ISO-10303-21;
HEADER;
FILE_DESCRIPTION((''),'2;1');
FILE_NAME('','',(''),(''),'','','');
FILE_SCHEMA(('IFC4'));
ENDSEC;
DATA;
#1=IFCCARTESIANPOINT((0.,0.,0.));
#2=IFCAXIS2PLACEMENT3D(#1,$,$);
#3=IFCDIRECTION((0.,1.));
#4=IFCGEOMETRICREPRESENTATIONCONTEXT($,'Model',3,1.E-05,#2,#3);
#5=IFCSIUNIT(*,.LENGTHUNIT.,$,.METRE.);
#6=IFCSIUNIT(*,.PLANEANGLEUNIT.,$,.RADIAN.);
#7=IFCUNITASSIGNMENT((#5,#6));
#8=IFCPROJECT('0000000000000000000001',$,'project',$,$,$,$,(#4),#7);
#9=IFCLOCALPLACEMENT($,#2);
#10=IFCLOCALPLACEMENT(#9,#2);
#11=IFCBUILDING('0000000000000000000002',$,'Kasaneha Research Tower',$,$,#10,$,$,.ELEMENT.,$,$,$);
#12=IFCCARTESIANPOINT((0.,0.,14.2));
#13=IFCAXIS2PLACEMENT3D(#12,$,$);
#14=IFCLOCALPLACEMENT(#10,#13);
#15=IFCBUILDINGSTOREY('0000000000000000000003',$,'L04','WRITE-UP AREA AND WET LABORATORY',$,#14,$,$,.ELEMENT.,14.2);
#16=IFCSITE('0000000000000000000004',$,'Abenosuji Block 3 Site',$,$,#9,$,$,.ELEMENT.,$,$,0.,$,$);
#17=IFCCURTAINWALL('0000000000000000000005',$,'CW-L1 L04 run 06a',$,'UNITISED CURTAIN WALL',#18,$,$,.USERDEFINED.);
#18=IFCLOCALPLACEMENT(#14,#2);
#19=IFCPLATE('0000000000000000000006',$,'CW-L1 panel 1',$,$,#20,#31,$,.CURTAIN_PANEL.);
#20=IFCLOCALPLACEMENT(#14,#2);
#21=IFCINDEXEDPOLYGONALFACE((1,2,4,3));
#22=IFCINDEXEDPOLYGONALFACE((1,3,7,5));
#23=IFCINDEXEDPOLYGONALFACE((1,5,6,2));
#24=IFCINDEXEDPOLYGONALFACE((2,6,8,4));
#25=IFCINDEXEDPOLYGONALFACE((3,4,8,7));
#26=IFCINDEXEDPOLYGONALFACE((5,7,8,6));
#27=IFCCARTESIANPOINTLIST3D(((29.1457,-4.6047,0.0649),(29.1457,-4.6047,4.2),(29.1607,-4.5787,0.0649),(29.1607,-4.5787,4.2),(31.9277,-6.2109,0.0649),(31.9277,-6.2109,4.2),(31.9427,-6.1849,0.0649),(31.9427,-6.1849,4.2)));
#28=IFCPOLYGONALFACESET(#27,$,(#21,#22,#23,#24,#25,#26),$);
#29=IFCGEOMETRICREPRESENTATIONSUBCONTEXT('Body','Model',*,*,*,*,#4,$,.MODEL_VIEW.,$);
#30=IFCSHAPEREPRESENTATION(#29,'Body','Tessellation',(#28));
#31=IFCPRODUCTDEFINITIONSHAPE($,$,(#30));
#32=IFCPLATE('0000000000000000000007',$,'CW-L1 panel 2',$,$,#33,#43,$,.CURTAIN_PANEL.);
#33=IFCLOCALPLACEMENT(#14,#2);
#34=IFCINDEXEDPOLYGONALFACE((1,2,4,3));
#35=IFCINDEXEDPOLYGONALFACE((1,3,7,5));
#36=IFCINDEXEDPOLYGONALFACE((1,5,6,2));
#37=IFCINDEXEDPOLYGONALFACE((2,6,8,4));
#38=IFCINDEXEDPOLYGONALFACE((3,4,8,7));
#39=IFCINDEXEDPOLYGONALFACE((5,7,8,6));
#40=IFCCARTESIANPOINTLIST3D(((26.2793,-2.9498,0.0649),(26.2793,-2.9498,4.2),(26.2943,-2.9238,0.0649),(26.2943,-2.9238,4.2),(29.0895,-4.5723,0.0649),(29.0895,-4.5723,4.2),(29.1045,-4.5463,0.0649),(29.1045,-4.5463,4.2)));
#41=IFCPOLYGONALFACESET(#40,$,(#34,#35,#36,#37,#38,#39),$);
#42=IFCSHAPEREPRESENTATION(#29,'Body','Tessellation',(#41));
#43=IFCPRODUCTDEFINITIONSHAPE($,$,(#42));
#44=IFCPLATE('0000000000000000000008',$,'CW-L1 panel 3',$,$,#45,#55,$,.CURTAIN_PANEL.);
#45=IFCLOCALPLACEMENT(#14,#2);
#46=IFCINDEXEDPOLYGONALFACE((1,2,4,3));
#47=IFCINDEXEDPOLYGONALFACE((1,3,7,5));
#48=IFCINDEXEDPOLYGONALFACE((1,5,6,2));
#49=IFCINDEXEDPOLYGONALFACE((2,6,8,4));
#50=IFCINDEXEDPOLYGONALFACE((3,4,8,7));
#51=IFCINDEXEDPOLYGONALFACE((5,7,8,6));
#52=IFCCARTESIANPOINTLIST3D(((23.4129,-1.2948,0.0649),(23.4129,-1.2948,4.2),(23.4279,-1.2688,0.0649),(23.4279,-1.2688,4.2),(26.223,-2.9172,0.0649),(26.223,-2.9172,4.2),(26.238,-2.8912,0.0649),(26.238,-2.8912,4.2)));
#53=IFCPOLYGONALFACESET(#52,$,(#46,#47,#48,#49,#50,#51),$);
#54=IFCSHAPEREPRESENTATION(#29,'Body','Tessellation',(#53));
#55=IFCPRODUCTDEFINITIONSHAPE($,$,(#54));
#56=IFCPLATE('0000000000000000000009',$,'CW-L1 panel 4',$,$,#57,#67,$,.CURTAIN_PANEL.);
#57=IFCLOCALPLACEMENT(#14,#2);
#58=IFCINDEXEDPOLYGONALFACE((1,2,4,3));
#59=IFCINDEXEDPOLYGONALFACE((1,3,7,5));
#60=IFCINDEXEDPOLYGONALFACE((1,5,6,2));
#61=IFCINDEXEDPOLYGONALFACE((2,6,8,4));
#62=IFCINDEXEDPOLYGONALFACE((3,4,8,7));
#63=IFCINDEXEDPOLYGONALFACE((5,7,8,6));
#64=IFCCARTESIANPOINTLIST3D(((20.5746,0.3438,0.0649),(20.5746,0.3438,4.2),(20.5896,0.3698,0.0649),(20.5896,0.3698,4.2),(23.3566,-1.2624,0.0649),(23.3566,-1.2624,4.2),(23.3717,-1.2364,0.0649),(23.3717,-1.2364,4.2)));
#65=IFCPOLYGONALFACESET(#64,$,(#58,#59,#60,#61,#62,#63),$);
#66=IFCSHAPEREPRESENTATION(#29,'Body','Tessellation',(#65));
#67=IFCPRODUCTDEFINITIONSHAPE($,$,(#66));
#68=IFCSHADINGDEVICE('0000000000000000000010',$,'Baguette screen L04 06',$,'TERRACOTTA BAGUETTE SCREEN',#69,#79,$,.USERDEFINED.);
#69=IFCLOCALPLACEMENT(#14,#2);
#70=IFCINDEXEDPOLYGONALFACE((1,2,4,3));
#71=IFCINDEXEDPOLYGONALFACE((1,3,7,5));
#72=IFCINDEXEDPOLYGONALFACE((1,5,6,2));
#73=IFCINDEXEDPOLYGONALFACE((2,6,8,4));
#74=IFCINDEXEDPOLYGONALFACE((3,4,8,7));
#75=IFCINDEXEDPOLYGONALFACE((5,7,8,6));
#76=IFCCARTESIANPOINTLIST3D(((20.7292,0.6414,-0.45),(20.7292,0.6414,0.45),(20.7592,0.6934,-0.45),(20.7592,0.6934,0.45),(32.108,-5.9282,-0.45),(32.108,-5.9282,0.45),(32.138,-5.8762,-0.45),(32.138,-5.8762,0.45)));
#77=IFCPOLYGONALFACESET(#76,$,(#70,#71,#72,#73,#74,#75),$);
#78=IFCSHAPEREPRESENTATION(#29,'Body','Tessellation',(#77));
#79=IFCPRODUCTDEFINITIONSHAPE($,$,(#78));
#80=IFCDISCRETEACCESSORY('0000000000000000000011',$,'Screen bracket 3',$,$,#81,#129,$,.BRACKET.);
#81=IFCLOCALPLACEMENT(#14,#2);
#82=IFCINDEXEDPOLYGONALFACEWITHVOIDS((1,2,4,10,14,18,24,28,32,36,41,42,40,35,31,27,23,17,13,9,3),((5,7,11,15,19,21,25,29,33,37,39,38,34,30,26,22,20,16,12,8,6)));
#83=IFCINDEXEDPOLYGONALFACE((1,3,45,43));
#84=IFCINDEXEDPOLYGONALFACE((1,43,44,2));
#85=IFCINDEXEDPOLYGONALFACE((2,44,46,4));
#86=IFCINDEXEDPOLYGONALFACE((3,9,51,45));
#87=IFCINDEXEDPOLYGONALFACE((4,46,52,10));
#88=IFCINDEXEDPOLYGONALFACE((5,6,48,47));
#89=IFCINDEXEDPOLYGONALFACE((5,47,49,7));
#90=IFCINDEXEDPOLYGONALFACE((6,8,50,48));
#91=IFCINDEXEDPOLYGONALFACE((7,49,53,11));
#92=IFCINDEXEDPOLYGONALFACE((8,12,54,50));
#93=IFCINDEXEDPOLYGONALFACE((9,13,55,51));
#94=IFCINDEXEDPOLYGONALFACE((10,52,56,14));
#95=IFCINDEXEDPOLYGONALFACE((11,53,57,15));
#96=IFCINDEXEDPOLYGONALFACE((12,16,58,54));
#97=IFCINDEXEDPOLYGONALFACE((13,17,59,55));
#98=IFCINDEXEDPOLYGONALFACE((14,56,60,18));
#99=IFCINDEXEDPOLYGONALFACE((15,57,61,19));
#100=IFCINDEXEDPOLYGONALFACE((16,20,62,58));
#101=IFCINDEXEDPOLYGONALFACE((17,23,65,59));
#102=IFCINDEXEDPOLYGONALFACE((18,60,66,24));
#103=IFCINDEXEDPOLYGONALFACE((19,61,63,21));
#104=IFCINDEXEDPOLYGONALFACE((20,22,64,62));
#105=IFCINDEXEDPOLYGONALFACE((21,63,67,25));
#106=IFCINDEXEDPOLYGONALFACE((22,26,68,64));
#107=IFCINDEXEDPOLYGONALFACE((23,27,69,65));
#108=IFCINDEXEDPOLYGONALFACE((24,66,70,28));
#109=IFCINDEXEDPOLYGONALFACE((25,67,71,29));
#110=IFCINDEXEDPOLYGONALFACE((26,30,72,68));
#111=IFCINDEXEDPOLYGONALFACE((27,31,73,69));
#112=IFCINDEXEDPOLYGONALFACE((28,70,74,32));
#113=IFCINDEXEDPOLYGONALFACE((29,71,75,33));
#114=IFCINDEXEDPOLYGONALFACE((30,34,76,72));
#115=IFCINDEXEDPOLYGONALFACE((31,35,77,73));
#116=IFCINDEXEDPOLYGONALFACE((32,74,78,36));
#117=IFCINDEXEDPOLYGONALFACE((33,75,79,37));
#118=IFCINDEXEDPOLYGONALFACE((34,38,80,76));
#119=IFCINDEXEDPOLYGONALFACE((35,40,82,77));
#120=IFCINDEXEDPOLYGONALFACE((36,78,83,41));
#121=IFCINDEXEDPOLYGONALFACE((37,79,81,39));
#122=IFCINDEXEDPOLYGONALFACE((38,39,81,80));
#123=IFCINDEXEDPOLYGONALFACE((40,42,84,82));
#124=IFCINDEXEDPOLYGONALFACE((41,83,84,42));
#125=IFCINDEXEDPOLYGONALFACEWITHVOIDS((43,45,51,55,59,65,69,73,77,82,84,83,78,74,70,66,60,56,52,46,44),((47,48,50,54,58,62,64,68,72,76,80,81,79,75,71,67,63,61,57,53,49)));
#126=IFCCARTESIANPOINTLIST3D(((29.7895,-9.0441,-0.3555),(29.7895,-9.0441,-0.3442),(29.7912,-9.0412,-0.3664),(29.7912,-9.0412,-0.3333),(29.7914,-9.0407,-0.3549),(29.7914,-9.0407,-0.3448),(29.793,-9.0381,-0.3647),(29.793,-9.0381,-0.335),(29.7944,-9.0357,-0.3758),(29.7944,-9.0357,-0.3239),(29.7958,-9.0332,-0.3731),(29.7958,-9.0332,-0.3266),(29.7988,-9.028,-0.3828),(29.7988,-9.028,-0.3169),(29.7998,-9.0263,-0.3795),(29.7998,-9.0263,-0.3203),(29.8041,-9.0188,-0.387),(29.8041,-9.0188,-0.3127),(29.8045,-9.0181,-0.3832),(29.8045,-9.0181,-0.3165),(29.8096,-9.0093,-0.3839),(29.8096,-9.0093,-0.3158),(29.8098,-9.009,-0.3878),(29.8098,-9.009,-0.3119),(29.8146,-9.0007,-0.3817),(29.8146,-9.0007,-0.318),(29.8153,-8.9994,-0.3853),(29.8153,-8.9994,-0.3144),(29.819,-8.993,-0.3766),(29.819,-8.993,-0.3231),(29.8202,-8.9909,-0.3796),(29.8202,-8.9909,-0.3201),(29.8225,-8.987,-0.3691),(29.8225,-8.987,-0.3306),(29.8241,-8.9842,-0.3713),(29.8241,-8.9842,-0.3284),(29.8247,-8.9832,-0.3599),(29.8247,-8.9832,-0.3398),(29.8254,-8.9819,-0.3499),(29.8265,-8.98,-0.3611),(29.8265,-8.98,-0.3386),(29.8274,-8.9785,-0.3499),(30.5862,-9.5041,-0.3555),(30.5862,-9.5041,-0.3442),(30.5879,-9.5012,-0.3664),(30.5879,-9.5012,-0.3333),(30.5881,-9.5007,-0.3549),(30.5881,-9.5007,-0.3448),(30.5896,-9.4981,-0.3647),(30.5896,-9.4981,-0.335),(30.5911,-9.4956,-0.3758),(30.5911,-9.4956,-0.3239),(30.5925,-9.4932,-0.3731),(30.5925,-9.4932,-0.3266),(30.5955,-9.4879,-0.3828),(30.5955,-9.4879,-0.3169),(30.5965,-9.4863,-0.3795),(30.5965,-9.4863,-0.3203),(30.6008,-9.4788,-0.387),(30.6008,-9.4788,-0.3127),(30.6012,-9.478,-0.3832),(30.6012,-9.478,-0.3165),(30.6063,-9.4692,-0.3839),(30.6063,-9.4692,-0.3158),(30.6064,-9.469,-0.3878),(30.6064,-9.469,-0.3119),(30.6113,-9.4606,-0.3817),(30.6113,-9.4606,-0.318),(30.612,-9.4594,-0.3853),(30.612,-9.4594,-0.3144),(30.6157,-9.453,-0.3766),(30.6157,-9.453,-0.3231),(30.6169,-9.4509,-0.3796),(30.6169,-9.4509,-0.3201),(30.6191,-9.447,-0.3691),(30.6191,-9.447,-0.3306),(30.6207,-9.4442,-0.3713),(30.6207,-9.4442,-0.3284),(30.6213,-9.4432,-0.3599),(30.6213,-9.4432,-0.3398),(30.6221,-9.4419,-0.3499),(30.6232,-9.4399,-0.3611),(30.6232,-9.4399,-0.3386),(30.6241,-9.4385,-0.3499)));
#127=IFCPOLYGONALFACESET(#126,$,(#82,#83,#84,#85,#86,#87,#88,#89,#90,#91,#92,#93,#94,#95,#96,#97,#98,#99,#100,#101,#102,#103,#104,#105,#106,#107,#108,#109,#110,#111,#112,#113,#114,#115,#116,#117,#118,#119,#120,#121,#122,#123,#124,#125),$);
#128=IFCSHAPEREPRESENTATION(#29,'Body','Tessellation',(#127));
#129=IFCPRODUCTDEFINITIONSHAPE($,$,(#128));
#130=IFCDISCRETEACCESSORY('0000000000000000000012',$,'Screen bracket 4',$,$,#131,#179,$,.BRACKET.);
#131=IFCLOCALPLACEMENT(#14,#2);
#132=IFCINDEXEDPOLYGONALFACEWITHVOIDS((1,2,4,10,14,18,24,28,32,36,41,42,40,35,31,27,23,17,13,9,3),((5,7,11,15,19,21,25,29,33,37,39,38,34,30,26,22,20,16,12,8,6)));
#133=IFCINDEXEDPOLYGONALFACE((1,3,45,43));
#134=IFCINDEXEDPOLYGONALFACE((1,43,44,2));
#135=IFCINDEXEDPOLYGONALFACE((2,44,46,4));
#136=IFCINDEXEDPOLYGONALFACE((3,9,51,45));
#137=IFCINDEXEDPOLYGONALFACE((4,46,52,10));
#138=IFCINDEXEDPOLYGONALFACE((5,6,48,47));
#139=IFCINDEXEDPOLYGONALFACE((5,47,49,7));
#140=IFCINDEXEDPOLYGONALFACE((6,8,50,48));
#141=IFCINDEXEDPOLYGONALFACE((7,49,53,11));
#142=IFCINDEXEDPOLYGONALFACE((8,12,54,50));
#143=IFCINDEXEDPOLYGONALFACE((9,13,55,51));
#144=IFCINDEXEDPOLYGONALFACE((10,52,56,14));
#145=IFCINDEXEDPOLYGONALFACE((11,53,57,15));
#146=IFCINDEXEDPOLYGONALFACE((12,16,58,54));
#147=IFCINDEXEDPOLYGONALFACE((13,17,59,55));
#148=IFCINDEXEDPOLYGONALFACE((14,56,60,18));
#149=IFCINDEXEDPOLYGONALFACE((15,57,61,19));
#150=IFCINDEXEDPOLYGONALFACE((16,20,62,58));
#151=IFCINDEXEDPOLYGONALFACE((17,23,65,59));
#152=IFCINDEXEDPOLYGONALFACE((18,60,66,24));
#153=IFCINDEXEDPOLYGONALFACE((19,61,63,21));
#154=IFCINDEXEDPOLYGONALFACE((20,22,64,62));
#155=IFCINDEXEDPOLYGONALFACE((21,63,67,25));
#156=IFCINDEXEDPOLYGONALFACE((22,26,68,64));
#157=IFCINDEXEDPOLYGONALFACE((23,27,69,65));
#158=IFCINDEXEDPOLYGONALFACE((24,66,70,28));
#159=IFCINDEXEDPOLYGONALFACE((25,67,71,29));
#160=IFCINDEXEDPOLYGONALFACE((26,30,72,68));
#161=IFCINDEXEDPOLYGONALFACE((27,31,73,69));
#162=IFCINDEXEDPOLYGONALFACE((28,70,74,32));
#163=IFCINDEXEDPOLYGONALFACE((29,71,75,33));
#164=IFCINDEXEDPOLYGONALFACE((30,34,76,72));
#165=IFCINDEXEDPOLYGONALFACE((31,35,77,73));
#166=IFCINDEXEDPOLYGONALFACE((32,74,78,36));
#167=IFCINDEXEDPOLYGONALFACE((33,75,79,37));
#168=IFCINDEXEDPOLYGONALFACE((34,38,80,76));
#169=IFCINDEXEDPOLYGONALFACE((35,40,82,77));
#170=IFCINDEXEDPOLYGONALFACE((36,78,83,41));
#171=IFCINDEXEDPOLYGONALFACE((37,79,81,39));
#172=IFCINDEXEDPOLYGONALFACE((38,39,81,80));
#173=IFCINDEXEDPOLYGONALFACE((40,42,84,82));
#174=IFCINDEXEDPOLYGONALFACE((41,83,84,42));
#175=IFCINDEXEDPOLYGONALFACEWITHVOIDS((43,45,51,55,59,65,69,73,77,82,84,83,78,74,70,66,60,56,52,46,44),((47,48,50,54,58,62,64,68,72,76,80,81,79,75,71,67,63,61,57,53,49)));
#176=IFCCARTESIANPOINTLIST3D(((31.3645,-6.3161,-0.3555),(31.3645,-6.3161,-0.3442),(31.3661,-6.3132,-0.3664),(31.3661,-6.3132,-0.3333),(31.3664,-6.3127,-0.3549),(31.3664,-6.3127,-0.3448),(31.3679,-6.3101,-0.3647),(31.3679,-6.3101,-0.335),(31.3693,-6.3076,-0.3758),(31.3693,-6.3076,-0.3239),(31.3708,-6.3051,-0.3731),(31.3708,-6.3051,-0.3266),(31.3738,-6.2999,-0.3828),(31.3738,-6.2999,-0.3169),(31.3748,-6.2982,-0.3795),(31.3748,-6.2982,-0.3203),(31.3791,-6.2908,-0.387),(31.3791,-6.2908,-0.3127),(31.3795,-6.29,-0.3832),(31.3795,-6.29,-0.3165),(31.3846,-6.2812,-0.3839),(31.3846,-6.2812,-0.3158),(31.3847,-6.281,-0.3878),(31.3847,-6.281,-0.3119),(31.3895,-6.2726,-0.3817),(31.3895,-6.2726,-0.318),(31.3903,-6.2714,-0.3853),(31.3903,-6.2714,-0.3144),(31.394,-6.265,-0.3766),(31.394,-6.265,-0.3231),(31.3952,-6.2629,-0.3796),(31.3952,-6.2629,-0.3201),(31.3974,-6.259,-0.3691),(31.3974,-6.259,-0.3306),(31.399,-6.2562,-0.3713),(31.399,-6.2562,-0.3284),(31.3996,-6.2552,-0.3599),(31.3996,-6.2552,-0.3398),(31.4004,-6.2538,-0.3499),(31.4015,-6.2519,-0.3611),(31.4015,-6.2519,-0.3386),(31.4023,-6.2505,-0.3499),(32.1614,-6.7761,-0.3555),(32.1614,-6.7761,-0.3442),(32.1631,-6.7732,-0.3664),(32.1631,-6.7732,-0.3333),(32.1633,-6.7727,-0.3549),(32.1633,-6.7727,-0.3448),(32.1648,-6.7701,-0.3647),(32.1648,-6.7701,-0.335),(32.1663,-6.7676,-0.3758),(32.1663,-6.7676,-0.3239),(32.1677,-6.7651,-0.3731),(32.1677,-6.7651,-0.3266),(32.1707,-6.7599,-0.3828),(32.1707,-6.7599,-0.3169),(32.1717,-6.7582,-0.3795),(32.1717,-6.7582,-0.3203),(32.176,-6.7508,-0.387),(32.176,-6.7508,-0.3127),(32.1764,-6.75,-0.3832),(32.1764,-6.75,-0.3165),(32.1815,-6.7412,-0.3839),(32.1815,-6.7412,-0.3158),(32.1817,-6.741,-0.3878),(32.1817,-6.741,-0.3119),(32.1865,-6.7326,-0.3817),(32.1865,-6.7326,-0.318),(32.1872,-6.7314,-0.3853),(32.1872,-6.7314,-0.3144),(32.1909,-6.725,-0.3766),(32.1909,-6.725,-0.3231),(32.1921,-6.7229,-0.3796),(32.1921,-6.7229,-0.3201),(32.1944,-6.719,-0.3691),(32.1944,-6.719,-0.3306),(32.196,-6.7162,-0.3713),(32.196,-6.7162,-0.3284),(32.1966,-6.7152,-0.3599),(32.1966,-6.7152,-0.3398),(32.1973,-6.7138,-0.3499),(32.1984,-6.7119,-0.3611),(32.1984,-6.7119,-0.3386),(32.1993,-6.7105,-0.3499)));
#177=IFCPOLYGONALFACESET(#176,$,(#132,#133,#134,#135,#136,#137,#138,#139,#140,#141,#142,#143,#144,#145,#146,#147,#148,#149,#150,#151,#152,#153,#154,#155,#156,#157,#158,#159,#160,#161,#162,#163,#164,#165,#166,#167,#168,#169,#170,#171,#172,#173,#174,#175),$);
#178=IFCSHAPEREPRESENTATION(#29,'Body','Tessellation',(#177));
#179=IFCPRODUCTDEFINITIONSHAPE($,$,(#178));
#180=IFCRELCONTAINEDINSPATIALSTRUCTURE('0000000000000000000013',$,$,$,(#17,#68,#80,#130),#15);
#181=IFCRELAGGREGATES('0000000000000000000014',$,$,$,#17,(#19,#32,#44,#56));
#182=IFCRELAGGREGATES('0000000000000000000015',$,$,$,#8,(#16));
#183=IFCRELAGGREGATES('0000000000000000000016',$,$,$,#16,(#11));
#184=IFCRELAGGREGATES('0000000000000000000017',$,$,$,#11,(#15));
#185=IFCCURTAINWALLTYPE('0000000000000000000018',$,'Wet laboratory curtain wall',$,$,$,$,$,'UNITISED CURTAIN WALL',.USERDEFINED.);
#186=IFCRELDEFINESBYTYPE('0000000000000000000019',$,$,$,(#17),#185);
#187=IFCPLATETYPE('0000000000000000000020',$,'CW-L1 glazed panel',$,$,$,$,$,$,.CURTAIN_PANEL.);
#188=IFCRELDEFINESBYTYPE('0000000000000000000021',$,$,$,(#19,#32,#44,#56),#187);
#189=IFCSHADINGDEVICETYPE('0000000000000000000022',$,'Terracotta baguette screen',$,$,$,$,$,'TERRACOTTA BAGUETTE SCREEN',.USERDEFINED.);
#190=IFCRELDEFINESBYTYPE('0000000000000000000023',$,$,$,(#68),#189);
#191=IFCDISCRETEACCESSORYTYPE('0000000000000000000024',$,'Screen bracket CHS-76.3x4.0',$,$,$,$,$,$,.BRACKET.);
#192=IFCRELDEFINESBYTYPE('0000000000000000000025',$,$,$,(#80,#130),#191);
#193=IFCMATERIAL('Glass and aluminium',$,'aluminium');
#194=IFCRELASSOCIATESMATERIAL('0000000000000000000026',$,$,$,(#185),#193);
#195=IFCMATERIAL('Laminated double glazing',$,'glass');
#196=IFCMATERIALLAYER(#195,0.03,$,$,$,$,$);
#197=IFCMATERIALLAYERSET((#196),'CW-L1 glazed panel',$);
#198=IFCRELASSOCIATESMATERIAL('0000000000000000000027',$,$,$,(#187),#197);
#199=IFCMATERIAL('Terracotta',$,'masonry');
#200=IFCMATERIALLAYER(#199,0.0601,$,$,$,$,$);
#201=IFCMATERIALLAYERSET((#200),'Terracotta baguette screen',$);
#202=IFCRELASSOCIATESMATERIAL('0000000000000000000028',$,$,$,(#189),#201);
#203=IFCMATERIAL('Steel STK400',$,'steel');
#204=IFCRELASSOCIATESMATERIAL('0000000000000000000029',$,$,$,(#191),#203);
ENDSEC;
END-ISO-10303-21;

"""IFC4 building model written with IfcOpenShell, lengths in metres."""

from ifc_helpers import new_model, si_unit, direction, frame, origin, origin_2d, place, context, subcontext, project, spatial, rectangle, hollow_circle, extrude, material, layer, layer_set, material_profile, profile_set, type_object, element, aggregate, save


model = new_model("IFC4")

# Units and contexts
model_context = context("Model", 3, precision=1e-05, world=origin(), true_north=direction((0.0, 1.0)))
body_context = subcontext(model_context, "Body", "Model", "MODEL_VIEW")
ifc_project = project(units=[si_unit("LENGTHUNIT", "METRE"), si_unit("PLANEANGLEUNIT", "RADIAN")], contexts=[model_context])

# Site, building, storey
site_placement = place(None, origin())
site = spatial("IfcSite", under=ifc_project, at=site_placement, Name="Abenosuji Block 3 Site", CompositionType="ELEMENT", RefElevation=0.0)
building_placement = place(site_placement, origin())
building = spatial("IfcBuilding", under=site, at=building_placement, Name="Kasaneha Research Tower", CompositionType="ELEMENT")
storey_placement = place(building_placement, frame((0.0, 0.0, 14.2)))
storey = spatial("IfcBuildingStorey", under=building, at=storey_placement, Name="L04", Description="WRITE-UP AREA AND WET LABORATORY", CompositionType="ELEMENT", Elevation=14.2)

# Curtain wall
ifc_material_1 = material(Name="Glass and aluminium", Category="aluminium")
curtain_wall_type = type_object("IfcCurtainWallType", Name="Wet laboratory curtain wall", ElementType="UNITISED CURTAIN WALL", PredefinedType="USERDEFINED", material=ifc_material_1)
curtain_wall_1_placement = place(storey_placement, origin())
curtain_wall_1 = element("IfcCurtainWall", 1, at=curtain_wall_1_placement, inside=storey, type_object=curtain_wall_type, Name="CW-L1 L04 run 06a", ObjectType="UNITISED CURTAIN WALL", PredefinedType="USERDEFINED")

# Plates
ifc_material_2 = material(Name="Laminated double glazing", Category="glass")
ifc_layer_1 = layer(ifc_material_2, 0.03)
ifc_layer_set_1 = layer_set([ifc_layer_1], Name="CW-L1 glazed panel")
plate_type = type_object("IfcPlateType", Name="CW-L1 glazed panel", PredefinedType="CURTAIN_PANEL", material=ifc_layer_set_1)
plate_1_placement = place(storey_placement, frame((30.5442, -5.3948, 0.0649), z_axis=(0.0, 0.0, 1.0), x_axis=(-0.866025, 0.5, 0.0)))
plate_1 = element("IfcPlate", 2, at=plate_1_placement, type_object=plate_type, Name="CW-L1 panel 1", PredefinedType="CURTAIN_PANEL", context=body_context, shape_type="SweptSolid", body=[
    extrude(rectangle(XDim=3.2124, YDim=0.03, at=origin_2d()), origin(), (0.0, 0.0, 1.0), 4.135),
])
plate_2_placement = place(storey_placement, frame((27.6919, -3.748, 0.0649), z_axis=(0.0, 0.0, 1.0), x_axis=(-0.866025, 0.5, 0.0)))
plate_2 = element("IfcPlate", 3, at=plate_2_placement, type_object=plate_type, Name="CW-L1 panel 2", PredefinedType="CURTAIN_PANEL", context=body_context, shape_type="SweptSolid", body=[
    extrude(rectangle(XDim=3.2449, YDim=0.03, at=origin_2d()), origin(), (0.0, 0.0, 1.0), 4.135),
])
plate_3_placement = place(storey_placement, frame((24.8254, -2.093, 0.0649), z_axis=(0.0, 0.0, 1.0), x_axis=(-0.866025, 0.5, 0.0)))
plate_3 = element("IfcPlate", 4, at=plate_3_placement, type_object=plate_type, Name="CW-L1 panel 3", PredefinedType="CURTAIN_PANEL", context=body_context, shape_type="SweptSolid", body=[
    extrude(rectangle(XDim=3.2449, YDim=0.03, at=origin_2d()), origin(), (0.0, 0.0, 1.0), 4.135),
])
plate_4_placement = place(storey_placement, frame((21.9731, -0.4463, 0.0649), z_axis=(0.0, 0.0, 1.0), x_axis=(-0.866025, 0.5, 0.0)))
plate_4 = element("IfcPlate", 5, at=plate_4_placement, type_object=plate_type, Name="CW-L1 panel 4", PredefinedType="CURTAIN_PANEL", context=body_context, shape_type="SweptSolid", body=[
    extrude(rectangle(XDim=3.2124, YDim=0.03, at=origin_2d()), origin(), (0.0, 0.0, 1.0), 4.135),
])
aggregate(curtain_wall_1, [plate_1, plate_2, plate_3, plate_4])

# Shading device
ifc_material_3 = material(Name="Terracotta", Category="masonry")
ifc_layer_2 = layer(ifc_material_3, 0.0601)
ifc_layer_set_2 = layer_set([ifc_layer_2], Name="Terracotta baguette screen")
shading_device_type = type_object("IfcShadingDeviceType", Name="Terracotta baguette screen", ElementType="TERRACOTTA BAGUETTE SCREEN", PredefinedType="USERDEFINED", material=ifc_layer_set_2)
shading_device_placement = place(storey_placement, frame((26.4336, -2.6174, -0.45), z_axis=(0.0, 0.0, 1.0), x_axis=(-0.866025, 0.5, 0.0)))
element("IfcShadingDevice", 6, at=shading_device_placement, inside=storey, type_object=shading_device_type, Name="Baguette screen L04 06", ObjectType="TERRACOTTA BAGUETTE SCREEN", PredefinedType="USERDEFINED", context=body_context, shape_type="SweptSolid", body=[
    extrude(rectangle(XDim=13.1392, YDim=0.0601, at=origin_2d()), origin(), (0.0, 0.0, 1.0), 0.8999),
])

# Discrete accessories
ifc_material_4 = material(Name="Steel STK400", Category="steel")
ifc_material_profile_1 = material_profile(ifc_material_4, hollow_circle(Radius=0.0381, WallThickness=0.0039, at=origin_2d()), Name="CHS-76.3x4.0")
ifc_profile_set_1 = profile_set([ifc_material_profile_1], Name="Steel STK400")
discrete_accessory_type = type_object("IfcDiscreteAccessoryType", Name="Screen bracket CHS-76.3x4.0", PredefinedType="BRACKET", material=ifc_profile_set_1)
discrete_accessory_1_placement = place(storey_placement, frame((29.8083, -9.0115, -0.3499), z_axis=(0.866013, -0.500021, 0.0), x_axis=(0.500021, 0.866013, 0.0)))
element("IfcDiscreteAccessory", 7, at=discrete_accessory_1_placement, inside=storey, type_object=discrete_accessory_type, Name="Screen bracket 3", PredefinedType="BRACKET", context=body_context, shape_type="SweptSolid", body=[
    extrude(hollow_circle(Radius=0.0381, WallThickness=0.0039, at=origin_2d()), origin(), (0.0, 0.0, 1.0), 0.9199),
])
discrete_accessory_2_placement = place(storey_placement, frame((31.3833, -6.2834, -0.3499), z_axis=(0.86608, -0.499906, 0.0), x_axis=(0.499906, 0.86608, 0.0)))
element("IfcDiscreteAccessory", 8, at=discrete_accessory_2_placement, inside=storey, type_object=discrete_accessory_type, Name="Screen bracket 4", PredefinedType="BRACKET", context=body_context, shape_type="SweptSolid", body=[
    extrude(hollow_circle(Radius=0.0381, WallThickness=0.0039, at=origin_2d()), origin(), (0.0, 0.0, 1.0), 0.9202),
])

save(model, "model.ifc")
